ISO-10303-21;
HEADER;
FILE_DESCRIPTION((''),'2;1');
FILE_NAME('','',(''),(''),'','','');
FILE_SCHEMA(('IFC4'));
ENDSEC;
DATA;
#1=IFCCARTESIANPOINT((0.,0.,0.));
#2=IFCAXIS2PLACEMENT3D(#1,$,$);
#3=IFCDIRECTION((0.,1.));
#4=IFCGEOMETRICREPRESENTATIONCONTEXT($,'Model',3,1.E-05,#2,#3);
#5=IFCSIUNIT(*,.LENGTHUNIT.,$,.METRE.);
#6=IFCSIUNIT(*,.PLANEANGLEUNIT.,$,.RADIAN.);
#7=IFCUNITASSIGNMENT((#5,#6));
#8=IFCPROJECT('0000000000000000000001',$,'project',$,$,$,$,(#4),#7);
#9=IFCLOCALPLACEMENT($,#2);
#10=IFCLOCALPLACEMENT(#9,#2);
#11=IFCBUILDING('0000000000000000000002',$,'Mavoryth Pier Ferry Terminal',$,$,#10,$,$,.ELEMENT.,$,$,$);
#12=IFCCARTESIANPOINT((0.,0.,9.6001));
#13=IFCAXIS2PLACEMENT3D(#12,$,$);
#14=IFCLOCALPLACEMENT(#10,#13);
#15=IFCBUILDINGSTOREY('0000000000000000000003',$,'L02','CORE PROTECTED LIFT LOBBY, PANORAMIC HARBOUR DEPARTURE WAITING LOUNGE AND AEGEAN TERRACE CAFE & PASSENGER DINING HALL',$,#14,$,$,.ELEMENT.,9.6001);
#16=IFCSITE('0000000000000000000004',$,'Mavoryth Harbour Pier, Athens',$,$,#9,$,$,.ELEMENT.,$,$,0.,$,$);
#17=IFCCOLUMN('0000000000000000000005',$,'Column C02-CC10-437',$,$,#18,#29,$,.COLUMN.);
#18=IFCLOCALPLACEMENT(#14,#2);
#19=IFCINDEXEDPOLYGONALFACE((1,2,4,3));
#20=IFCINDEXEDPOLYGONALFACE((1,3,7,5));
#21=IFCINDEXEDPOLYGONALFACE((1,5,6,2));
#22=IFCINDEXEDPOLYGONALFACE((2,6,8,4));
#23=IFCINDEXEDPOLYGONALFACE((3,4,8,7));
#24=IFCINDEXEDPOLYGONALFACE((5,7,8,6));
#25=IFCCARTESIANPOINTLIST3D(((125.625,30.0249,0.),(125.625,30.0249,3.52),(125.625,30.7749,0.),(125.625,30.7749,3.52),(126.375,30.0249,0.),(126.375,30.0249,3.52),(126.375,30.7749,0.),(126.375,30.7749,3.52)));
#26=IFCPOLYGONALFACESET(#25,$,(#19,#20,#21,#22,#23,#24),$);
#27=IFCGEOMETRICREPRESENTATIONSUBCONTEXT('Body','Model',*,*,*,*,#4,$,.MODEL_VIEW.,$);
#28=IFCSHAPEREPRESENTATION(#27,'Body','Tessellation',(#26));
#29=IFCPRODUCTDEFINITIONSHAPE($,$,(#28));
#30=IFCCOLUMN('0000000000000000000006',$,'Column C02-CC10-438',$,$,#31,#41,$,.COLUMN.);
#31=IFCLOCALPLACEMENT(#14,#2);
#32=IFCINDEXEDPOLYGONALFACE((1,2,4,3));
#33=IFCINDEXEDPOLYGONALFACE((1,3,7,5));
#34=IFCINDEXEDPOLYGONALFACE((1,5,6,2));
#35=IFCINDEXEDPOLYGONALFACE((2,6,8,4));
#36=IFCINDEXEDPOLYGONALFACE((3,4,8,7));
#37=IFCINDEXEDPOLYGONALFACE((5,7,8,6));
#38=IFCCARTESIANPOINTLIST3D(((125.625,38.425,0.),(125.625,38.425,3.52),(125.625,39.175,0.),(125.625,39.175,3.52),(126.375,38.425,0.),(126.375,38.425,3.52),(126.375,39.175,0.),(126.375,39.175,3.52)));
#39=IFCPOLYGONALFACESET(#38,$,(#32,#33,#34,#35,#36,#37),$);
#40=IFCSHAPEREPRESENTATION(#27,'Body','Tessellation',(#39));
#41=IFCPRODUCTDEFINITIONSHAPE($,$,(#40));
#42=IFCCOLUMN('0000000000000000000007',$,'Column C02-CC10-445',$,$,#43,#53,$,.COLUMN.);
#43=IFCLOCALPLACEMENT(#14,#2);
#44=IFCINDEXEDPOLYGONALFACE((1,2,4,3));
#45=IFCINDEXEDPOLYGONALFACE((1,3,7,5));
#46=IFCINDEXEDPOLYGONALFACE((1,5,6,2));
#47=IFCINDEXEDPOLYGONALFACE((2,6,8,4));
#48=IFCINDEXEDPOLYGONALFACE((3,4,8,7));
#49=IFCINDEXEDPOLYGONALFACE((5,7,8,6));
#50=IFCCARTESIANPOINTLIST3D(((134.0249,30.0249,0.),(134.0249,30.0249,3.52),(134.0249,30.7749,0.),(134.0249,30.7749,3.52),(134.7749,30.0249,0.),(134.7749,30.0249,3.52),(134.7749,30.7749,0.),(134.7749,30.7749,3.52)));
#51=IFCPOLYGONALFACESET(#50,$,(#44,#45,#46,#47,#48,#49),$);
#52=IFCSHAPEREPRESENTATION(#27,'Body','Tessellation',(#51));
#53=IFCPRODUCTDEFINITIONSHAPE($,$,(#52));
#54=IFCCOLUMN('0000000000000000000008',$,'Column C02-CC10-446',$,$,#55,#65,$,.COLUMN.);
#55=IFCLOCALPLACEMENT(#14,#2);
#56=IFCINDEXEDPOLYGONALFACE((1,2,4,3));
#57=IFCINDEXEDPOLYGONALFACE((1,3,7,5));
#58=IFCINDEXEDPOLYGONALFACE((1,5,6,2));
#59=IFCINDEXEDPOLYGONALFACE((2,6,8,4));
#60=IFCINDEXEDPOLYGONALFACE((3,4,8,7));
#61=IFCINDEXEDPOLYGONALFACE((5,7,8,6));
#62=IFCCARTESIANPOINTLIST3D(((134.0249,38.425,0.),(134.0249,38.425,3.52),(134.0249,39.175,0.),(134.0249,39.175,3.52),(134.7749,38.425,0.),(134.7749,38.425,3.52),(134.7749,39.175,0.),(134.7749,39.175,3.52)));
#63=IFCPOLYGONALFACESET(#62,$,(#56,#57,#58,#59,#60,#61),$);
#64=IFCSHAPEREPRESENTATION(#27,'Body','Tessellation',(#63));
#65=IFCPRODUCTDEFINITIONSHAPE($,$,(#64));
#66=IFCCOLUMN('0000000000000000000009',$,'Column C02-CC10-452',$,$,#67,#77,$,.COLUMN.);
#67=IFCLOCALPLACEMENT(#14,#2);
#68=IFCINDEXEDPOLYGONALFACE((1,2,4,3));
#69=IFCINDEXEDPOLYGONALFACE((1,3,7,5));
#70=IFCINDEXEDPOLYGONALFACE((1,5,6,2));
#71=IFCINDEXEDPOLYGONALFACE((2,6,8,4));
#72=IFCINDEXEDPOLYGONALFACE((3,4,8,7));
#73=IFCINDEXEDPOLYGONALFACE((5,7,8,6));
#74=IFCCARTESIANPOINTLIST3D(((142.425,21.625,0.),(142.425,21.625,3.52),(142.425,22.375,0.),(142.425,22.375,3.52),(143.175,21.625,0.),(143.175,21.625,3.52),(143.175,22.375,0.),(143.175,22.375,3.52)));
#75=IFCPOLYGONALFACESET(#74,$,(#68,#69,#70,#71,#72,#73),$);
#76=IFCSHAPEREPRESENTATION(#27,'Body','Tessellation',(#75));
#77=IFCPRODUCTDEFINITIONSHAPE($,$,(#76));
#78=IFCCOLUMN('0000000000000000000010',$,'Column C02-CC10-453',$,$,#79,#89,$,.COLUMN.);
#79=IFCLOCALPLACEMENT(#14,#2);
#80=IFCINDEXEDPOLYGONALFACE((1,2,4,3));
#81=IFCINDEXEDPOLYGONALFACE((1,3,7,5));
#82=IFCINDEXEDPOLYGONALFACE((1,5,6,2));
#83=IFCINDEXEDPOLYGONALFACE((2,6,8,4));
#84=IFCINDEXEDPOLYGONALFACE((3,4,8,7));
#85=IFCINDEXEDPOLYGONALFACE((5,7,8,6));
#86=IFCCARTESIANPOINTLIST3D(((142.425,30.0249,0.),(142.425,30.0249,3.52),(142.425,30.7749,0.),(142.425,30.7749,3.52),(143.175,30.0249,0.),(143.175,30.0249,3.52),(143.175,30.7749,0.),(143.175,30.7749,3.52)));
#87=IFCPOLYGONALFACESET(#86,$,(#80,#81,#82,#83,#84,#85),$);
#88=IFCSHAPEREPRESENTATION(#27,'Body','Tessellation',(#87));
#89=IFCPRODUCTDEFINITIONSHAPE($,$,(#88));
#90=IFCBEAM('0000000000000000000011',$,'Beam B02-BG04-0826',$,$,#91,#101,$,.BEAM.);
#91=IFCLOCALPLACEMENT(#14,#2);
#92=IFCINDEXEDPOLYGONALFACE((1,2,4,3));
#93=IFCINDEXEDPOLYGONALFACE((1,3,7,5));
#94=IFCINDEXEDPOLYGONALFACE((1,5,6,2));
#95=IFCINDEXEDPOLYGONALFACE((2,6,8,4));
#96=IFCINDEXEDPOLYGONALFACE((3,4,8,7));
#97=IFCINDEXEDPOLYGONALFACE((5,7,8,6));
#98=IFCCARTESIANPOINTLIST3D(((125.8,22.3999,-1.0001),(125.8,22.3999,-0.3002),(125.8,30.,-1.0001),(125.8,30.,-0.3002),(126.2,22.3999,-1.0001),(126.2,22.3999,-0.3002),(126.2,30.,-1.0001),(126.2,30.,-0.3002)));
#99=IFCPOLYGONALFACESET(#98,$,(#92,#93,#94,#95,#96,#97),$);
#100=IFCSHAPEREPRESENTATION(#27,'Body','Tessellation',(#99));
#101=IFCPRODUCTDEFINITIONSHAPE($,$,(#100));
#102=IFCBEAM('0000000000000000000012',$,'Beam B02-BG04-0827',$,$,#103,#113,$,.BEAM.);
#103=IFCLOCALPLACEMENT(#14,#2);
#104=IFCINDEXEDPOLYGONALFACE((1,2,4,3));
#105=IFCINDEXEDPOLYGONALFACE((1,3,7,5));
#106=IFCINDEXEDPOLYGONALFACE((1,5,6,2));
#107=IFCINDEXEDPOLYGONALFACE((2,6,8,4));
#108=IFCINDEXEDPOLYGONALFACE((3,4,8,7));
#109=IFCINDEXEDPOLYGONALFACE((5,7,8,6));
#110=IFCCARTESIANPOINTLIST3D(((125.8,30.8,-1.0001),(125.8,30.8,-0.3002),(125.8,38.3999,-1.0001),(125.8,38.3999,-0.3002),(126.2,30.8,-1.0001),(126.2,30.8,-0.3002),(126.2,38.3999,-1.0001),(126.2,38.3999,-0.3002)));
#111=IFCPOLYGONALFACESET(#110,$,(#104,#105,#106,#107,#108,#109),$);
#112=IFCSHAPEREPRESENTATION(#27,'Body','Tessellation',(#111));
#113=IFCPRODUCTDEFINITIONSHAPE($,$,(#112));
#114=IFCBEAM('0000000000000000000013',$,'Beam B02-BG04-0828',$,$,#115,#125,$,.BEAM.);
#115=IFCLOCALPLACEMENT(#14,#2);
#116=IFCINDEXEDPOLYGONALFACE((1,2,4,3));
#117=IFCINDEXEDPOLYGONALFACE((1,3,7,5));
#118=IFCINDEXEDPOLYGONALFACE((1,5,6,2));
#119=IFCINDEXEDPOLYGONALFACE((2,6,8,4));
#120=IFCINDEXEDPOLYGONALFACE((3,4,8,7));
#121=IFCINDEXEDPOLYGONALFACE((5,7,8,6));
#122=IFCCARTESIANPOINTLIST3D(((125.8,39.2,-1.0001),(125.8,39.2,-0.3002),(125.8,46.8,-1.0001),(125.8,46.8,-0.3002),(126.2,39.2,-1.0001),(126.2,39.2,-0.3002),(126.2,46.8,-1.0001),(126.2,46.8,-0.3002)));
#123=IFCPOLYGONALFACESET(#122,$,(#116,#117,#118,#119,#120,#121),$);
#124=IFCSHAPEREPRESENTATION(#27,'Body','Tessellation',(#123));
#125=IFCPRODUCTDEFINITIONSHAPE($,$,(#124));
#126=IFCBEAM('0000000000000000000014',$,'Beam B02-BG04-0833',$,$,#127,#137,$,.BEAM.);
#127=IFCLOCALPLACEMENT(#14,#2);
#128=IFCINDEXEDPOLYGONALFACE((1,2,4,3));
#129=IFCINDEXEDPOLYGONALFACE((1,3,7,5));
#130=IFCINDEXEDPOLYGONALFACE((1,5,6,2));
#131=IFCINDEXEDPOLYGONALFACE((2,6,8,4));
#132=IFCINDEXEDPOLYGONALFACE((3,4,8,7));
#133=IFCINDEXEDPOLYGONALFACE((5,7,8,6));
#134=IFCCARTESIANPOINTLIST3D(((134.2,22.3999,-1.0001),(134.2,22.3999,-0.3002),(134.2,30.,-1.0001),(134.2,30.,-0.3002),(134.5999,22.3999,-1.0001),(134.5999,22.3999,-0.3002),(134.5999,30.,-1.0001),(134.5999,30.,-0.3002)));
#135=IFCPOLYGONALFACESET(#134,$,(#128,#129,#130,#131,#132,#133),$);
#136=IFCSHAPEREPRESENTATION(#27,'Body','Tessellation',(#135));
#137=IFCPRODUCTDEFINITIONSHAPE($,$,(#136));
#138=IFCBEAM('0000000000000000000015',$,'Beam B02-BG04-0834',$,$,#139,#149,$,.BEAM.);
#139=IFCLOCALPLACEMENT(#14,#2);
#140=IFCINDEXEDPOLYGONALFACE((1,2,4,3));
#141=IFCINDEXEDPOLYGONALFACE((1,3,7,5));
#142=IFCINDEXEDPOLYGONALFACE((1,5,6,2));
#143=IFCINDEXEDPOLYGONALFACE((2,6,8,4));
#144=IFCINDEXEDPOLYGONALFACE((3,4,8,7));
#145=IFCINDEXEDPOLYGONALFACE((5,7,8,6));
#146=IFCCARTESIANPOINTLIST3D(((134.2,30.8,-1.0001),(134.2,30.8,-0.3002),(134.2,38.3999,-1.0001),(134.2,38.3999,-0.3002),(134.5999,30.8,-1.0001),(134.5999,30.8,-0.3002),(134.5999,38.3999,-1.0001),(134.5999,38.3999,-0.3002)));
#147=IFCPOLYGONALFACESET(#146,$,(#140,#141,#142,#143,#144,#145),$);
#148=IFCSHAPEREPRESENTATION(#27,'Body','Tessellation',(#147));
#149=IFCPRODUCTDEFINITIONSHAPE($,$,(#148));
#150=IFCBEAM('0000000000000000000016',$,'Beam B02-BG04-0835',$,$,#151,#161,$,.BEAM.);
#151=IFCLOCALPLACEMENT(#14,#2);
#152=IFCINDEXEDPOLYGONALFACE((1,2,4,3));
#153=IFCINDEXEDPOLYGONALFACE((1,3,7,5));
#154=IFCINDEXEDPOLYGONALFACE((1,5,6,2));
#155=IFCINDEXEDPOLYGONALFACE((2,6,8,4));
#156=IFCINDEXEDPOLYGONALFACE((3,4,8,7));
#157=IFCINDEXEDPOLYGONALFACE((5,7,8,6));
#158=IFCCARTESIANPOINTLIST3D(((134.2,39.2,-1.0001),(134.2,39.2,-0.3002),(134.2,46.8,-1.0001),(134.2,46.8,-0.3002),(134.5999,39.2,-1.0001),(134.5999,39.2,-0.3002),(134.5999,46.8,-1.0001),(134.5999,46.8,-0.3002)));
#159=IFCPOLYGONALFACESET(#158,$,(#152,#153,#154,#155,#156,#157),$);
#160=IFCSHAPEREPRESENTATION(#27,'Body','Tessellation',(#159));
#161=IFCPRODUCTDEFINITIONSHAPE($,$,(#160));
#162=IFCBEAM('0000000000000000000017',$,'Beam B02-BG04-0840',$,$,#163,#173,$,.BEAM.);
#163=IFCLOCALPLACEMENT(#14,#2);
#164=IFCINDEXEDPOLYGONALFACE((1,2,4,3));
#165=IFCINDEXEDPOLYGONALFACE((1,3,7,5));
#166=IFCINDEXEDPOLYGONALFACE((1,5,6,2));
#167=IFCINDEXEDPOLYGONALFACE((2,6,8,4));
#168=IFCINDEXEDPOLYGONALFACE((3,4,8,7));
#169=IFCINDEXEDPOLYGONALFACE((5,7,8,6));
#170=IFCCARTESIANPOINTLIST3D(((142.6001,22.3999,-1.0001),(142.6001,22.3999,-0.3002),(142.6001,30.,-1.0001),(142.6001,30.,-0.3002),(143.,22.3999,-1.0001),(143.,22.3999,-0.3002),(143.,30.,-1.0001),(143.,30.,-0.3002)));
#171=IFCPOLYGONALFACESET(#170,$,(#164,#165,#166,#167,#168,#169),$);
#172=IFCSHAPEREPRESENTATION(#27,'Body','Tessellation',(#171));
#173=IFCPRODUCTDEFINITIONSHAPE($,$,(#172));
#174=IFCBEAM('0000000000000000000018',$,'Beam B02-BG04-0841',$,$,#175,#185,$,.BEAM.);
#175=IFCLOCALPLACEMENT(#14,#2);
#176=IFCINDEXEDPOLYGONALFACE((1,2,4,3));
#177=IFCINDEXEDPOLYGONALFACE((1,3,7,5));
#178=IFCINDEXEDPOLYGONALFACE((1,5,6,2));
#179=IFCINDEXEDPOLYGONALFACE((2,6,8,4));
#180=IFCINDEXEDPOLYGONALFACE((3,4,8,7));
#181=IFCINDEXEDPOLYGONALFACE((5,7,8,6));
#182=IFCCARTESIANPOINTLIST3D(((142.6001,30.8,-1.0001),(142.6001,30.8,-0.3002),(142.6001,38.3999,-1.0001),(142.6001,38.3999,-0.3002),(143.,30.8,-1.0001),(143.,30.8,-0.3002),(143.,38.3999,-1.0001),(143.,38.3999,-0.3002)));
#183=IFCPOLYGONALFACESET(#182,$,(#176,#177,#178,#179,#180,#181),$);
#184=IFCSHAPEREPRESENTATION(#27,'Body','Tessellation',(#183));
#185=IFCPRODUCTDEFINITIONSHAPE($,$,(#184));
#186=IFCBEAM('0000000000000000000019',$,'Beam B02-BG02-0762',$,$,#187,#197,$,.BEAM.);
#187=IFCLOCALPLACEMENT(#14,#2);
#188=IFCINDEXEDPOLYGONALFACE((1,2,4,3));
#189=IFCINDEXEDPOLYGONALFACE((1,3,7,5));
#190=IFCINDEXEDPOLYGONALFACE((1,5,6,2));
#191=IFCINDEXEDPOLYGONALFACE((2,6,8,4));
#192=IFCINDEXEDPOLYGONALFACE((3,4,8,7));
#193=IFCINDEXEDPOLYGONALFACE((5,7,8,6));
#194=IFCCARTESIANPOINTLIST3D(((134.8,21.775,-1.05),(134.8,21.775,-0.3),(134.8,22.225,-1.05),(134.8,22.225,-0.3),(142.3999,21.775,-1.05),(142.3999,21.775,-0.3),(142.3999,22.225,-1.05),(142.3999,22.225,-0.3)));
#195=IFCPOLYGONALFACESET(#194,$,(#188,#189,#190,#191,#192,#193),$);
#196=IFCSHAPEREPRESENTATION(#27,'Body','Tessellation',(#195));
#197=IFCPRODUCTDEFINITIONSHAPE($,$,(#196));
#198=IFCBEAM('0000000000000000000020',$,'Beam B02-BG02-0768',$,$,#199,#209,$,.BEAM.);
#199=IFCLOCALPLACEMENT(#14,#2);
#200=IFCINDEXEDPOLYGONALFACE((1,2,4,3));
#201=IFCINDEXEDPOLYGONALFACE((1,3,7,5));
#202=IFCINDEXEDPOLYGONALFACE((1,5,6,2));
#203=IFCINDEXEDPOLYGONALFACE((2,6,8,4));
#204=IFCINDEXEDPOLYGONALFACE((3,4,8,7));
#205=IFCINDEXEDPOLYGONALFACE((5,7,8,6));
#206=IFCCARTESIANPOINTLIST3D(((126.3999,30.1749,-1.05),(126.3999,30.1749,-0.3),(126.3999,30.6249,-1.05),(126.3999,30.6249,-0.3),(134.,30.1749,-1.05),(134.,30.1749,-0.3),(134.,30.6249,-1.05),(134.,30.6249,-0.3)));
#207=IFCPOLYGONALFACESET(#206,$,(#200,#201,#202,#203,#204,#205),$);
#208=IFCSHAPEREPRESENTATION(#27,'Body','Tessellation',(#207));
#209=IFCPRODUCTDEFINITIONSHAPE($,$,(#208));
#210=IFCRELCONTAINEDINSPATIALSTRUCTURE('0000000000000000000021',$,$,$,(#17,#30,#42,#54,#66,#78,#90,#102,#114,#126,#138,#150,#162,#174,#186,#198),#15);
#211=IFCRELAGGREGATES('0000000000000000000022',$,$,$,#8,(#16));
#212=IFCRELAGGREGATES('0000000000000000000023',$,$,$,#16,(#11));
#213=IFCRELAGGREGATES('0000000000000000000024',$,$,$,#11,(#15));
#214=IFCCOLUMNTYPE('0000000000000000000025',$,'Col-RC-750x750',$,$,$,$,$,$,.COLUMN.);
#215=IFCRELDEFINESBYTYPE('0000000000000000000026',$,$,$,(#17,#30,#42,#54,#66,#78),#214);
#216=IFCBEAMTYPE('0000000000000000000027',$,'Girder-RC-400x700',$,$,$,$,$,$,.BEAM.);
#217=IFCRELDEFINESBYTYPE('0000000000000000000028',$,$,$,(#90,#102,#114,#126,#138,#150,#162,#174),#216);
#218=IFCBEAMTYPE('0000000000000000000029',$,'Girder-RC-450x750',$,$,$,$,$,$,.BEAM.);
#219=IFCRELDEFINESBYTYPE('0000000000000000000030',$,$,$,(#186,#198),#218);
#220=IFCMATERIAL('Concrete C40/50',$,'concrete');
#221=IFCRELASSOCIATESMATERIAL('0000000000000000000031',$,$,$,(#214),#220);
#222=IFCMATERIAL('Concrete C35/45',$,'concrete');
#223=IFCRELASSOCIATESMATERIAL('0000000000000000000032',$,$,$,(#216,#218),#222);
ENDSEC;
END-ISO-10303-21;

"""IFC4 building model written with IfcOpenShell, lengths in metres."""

from ifc_helpers import new_model, si_unit, direction, frame, origin, origin_2d, place, context, subcontext, project, spatial, rectangle, extrude, material, material_profile, profile_set, type_object, element, save


model = new_model("IFC4")

# Units and contexts
model_context = context("Model", 3, precision=1e-05, world=origin(), true_north=direction((0.0, 1.0)))
body_context = subcontext(model_context, "Body", "Model", "MODEL_VIEW")
ifc_project = project(units=[si_unit("LENGTHUNIT", "METRE"), si_unit("PLANEANGLEUNIT", "RADIAN")], contexts=[model_context])

# Site, building, storey
site_placement = place(None, origin())
site = spatial("IfcSite", under=ifc_project, at=site_placement, Name="Mavoryth Harbour Pier, Athens", CompositionType="ELEMENT", RefElevation=0.0)
building_placement = place(site_placement, origin())
building = spatial("IfcBuilding", under=site, at=building_placement, Name="Mavoryth Pier Ferry Terminal", CompositionType="ELEMENT")
storey_placement = place(building_placement, frame((0.0, 0.0, 9.6001)))
storey = spatial("IfcBuildingStorey", under=building, at=storey_placement, Name="L02", Description="CORE PROTECTED LIFT LOBBY, PANORAMIC HARBOUR DEPARTURE WAITING LOUNGE AND AEGEAN TERRACE CAFE & PASSENGER DINING HALL", CompositionType="ELEMENT", Elevation=9.6001)

# Columns
ifc_material_1 = material(Name="Concrete C40/50", Category="concrete")
ifc_material_profile_1 = material_profile(ifc_material_1, rectangle(XDim=0.75, YDim=0.75, at=origin_2d()), Name="RC 750x750", Category="concrete")
ifc_profile_set_1 = profile_set([ifc_material_profile_1], Name="Concrete C40/50 - RC 750x750")
column_type = type_object("IfcColumnType", Name="Col-RC-750x750", PredefinedType="COLUMN", material=ifc_profile_set_1)
for number, where, z_axis, x_axis, name in (
    (1, (126.0, 30.3999, 0.0), (0.0, 0.0, 1.0), (1.0, 0.0, 0.0), "Column C02-CC10-437"),
    (2, (126.0, 38.8, 0.0), (0.0, 0.0, 1.0), (1.0, 0.0, 0.0), "Column C02-CC10-438"),
    (3, (134.3999, 30.3999, 0.0), (0.0, 0.0, 1.0), (1.0, 0.0, 0.0), "Column C02-CC10-445"),
    (4, (134.3999, 38.8, 0.0), (0.0, 0.0, 1.0), (1.0, 0.0, 0.0), "Column C02-CC10-446"),
    (5, (142.8, 22.0, 0.0), (0.0, 0.0, 1.0), (1.0, 0.0, 0.0), "Column C02-CC10-452"),
    (6, (142.8, 30.3999, 0.0), (0.0, 0.0, 1.0), (1.0, 0.0, 0.0), "Column C02-CC10-453"),
):
    element("IfcColumn", number, at=place(storey_placement, frame(where, z_axis=z_axis, x_axis=x_axis)), inside=storey, type_object=column_type, Name=name, PredefinedType="COLUMN", context=body_context, shape_type="SweptSolid", body=[
        extrude(rectangle(XDim=0.75, YDim=0.75, at=origin_2d()), origin(), (0.0, 0.0, 1.0), 3.52),
    ])

# Beams
ifc_material_2 = material(Name="Concrete C35/45", Category="concrete")
ifc_material_profile_2 = material_profile(ifc_material_2, rectangle(XDim=0.3999, YDim=0.7, at=origin_2d()), Name="RC 400x700", Category="concrete")
ifc_profile_set_2 = profile_set([ifc_material_profile_2], Name="Concrete C35/45 - RC 400x700")
beam_type_1 = type_object("IfcBeamType", Name="Girder-RC-400x700", PredefinedType="BEAM", material=ifc_profile_set_2)
beam_1_placement = place(storey_placement, frame((126.0, 22.3999, -0.6501), z_axis=(0.0, 1.0, 0.0), x_axis=(-1.0, 0.0, 0.0)))
element("IfcBeam", 7, at=beam_1_placement, inside=storey, type_object=beam_type_1, Name="Beam B02-BG04-0826", PredefinedType="BEAM", context=body_context, shape_type="SweptSolid", body=[
    extrude(rectangle(XDim=0.3999, YDim=0.7, at=origin_2d()), origin(), (0.0, 0.0, 1.0), 7.6001),
])
beam_2_placement = place(storey_placement, frame((126.0, 30.8, -0.6501), z_axis=(0.0, 1.0, 0.0), x_axis=(-1.0, 0.0, 0.0)))
element("IfcBeam", 8, at=beam_2_placement, inside=storey, type_object=beam_type_1, Name="Beam B02-BG04-0827", PredefinedType="BEAM", context=body_context, shape_type="SweptSolid", body=[
    extrude(rectangle(XDim=0.3999, YDim=0.7, at=origin_2d()), origin(), (0.0, 0.0, 1.0), 7.5999),
])
for number, where, z_axis, x_axis, name in (
    (9, (126.0, 39.2, -0.6501), (0.0, 1.0, 0.0), (-1.0, 0.0, 0.0), "Beam B02-BG04-0828"),
    (10, (134.3999, 22.3999, -0.6501), (0.0, 1.0, 0.0), (-1.0, 0.0, 0.0), "Beam B02-BG04-0833"),
):
    element("IfcBeam", number, at=place(storey_placement, frame(where, z_axis=z_axis, x_axis=x_axis)), inside=storey, type_object=beam_type_1, Name=name, PredefinedType="BEAM", context=body_context, shape_type="SweptSolid", body=[
        extrude(rectangle(XDim=0.3999, YDim=0.7, at=origin_2d()), origin(), (0.0, 0.0, 1.0), 7.6001),
    ])
beam_3_placement = place(storey_placement, frame((134.3999, 30.8, -0.6501), z_axis=(0.0, 1.0, 0.0), x_axis=(-1.0, 0.0, 0.0)))
element("IfcBeam", 11, at=beam_3_placement, inside=storey, type_object=beam_type_1, Name="Beam B02-BG04-0834", PredefinedType="BEAM", context=body_context, shape_type="SweptSolid", body=[
    extrude(rectangle(XDim=0.3999, YDim=0.7, at=origin_2d()), origin(), (0.0, 0.0, 1.0), 7.5999),
])
for number, where, z_axis, x_axis, name in (
    (12, (134.3999, 39.2, -0.6501), (0.0, 1.0, 0.0), (-1.0, 0.0, 0.0), "Beam B02-BG04-0835"),
    (13, (142.8, 22.3999, -0.6501), (0.0, 1.0, 0.0), (-1.0, 0.0, 0.0), "Beam B02-BG04-0840"),
):
    element("IfcBeam", number, at=place(storey_placement, frame(where, z_axis=z_axis, x_axis=x_axis)), inside=storey, type_object=beam_type_1, Name=name, PredefinedType="BEAM", context=body_context, shape_type="SweptSolid", body=[
        extrude(rectangle(XDim=0.3999, YDim=0.7, at=origin_2d()), origin(), (0.0, 0.0, 1.0), 7.6001),
    ])
beam_4_placement = place(storey_placement, frame((142.8, 30.8, -0.6501), z_axis=(0.0, 1.0, 0.0), x_axis=(-1.0, 0.0, 0.0)))
element("IfcBeam", 14, at=beam_4_placement, inside=storey, type_object=beam_type_1, Name="Beam B02-BG04-0841", PredefinedType="BEAM", context=body_context, shape_type="SweptSolid", body=[
    extrude(rectangle(XDim=0.3999, YDim=0.7, at=origin_2d()), origin(), (0.0, 0.0, 1.0), 7.5999),
])
ifc_material_profile_3 = material_profile(ifc_material_2, rectangle(XDim=0.45, YDim=0.75, at=origin_2d()), Name="RC 450x750", Category="concrete")
ifc_profile_set_3 = profile_set([ifc_material_profile_3], Name="Concrete C35/45 - RC 450x750")
beam_type_2 = type_object("IfcBeamType", Name="Girder-RC-450x750", PredefinedType="BEAM", material=ifc_profile_set_3)
beam_5_placement = place(storey_placement, frame((134.8, 22.0, -0.675), z_axis=(1.0, 0.0, 0.0), x_axis=(0.0, 1.0, 0.0)))
element("IfcBeam", 15, at=beam_5_placement, inside=storey, type_object=beam_type_2, Name="Beam B02-BG02-0762", PredefinedType="BEAM", context=body_context, shape_type="SweptSolid", body=[
    extrude(rectangle(XDim=0.45, YDim=0.75, at=origin_2d()), origin(), (0.0, 0.0, 1.0), 7.5999),
])
beam_6_placement = place(storey_placement, frame((126.3999, 30.3999, -0.675), z_axis=(1.0, 0.0, 0.0), x_axis=(0.0, 1.0, 0.0)))
element("IfcBeam", 16, at=beam_6_placement, inside=storey, type_object=beam_type_2, Name="Beam B02-BG02-0768", PredefinedType="BEAM", context=body_context, shape_type="SweptSolid", body=[
    extrude(rectangle(XDim=0.45, YDim=0.75, at=origin_2d()), origin(), (0.0, 0.0, 1.0), 7.6001),
])

save(model, "model.ifc")
